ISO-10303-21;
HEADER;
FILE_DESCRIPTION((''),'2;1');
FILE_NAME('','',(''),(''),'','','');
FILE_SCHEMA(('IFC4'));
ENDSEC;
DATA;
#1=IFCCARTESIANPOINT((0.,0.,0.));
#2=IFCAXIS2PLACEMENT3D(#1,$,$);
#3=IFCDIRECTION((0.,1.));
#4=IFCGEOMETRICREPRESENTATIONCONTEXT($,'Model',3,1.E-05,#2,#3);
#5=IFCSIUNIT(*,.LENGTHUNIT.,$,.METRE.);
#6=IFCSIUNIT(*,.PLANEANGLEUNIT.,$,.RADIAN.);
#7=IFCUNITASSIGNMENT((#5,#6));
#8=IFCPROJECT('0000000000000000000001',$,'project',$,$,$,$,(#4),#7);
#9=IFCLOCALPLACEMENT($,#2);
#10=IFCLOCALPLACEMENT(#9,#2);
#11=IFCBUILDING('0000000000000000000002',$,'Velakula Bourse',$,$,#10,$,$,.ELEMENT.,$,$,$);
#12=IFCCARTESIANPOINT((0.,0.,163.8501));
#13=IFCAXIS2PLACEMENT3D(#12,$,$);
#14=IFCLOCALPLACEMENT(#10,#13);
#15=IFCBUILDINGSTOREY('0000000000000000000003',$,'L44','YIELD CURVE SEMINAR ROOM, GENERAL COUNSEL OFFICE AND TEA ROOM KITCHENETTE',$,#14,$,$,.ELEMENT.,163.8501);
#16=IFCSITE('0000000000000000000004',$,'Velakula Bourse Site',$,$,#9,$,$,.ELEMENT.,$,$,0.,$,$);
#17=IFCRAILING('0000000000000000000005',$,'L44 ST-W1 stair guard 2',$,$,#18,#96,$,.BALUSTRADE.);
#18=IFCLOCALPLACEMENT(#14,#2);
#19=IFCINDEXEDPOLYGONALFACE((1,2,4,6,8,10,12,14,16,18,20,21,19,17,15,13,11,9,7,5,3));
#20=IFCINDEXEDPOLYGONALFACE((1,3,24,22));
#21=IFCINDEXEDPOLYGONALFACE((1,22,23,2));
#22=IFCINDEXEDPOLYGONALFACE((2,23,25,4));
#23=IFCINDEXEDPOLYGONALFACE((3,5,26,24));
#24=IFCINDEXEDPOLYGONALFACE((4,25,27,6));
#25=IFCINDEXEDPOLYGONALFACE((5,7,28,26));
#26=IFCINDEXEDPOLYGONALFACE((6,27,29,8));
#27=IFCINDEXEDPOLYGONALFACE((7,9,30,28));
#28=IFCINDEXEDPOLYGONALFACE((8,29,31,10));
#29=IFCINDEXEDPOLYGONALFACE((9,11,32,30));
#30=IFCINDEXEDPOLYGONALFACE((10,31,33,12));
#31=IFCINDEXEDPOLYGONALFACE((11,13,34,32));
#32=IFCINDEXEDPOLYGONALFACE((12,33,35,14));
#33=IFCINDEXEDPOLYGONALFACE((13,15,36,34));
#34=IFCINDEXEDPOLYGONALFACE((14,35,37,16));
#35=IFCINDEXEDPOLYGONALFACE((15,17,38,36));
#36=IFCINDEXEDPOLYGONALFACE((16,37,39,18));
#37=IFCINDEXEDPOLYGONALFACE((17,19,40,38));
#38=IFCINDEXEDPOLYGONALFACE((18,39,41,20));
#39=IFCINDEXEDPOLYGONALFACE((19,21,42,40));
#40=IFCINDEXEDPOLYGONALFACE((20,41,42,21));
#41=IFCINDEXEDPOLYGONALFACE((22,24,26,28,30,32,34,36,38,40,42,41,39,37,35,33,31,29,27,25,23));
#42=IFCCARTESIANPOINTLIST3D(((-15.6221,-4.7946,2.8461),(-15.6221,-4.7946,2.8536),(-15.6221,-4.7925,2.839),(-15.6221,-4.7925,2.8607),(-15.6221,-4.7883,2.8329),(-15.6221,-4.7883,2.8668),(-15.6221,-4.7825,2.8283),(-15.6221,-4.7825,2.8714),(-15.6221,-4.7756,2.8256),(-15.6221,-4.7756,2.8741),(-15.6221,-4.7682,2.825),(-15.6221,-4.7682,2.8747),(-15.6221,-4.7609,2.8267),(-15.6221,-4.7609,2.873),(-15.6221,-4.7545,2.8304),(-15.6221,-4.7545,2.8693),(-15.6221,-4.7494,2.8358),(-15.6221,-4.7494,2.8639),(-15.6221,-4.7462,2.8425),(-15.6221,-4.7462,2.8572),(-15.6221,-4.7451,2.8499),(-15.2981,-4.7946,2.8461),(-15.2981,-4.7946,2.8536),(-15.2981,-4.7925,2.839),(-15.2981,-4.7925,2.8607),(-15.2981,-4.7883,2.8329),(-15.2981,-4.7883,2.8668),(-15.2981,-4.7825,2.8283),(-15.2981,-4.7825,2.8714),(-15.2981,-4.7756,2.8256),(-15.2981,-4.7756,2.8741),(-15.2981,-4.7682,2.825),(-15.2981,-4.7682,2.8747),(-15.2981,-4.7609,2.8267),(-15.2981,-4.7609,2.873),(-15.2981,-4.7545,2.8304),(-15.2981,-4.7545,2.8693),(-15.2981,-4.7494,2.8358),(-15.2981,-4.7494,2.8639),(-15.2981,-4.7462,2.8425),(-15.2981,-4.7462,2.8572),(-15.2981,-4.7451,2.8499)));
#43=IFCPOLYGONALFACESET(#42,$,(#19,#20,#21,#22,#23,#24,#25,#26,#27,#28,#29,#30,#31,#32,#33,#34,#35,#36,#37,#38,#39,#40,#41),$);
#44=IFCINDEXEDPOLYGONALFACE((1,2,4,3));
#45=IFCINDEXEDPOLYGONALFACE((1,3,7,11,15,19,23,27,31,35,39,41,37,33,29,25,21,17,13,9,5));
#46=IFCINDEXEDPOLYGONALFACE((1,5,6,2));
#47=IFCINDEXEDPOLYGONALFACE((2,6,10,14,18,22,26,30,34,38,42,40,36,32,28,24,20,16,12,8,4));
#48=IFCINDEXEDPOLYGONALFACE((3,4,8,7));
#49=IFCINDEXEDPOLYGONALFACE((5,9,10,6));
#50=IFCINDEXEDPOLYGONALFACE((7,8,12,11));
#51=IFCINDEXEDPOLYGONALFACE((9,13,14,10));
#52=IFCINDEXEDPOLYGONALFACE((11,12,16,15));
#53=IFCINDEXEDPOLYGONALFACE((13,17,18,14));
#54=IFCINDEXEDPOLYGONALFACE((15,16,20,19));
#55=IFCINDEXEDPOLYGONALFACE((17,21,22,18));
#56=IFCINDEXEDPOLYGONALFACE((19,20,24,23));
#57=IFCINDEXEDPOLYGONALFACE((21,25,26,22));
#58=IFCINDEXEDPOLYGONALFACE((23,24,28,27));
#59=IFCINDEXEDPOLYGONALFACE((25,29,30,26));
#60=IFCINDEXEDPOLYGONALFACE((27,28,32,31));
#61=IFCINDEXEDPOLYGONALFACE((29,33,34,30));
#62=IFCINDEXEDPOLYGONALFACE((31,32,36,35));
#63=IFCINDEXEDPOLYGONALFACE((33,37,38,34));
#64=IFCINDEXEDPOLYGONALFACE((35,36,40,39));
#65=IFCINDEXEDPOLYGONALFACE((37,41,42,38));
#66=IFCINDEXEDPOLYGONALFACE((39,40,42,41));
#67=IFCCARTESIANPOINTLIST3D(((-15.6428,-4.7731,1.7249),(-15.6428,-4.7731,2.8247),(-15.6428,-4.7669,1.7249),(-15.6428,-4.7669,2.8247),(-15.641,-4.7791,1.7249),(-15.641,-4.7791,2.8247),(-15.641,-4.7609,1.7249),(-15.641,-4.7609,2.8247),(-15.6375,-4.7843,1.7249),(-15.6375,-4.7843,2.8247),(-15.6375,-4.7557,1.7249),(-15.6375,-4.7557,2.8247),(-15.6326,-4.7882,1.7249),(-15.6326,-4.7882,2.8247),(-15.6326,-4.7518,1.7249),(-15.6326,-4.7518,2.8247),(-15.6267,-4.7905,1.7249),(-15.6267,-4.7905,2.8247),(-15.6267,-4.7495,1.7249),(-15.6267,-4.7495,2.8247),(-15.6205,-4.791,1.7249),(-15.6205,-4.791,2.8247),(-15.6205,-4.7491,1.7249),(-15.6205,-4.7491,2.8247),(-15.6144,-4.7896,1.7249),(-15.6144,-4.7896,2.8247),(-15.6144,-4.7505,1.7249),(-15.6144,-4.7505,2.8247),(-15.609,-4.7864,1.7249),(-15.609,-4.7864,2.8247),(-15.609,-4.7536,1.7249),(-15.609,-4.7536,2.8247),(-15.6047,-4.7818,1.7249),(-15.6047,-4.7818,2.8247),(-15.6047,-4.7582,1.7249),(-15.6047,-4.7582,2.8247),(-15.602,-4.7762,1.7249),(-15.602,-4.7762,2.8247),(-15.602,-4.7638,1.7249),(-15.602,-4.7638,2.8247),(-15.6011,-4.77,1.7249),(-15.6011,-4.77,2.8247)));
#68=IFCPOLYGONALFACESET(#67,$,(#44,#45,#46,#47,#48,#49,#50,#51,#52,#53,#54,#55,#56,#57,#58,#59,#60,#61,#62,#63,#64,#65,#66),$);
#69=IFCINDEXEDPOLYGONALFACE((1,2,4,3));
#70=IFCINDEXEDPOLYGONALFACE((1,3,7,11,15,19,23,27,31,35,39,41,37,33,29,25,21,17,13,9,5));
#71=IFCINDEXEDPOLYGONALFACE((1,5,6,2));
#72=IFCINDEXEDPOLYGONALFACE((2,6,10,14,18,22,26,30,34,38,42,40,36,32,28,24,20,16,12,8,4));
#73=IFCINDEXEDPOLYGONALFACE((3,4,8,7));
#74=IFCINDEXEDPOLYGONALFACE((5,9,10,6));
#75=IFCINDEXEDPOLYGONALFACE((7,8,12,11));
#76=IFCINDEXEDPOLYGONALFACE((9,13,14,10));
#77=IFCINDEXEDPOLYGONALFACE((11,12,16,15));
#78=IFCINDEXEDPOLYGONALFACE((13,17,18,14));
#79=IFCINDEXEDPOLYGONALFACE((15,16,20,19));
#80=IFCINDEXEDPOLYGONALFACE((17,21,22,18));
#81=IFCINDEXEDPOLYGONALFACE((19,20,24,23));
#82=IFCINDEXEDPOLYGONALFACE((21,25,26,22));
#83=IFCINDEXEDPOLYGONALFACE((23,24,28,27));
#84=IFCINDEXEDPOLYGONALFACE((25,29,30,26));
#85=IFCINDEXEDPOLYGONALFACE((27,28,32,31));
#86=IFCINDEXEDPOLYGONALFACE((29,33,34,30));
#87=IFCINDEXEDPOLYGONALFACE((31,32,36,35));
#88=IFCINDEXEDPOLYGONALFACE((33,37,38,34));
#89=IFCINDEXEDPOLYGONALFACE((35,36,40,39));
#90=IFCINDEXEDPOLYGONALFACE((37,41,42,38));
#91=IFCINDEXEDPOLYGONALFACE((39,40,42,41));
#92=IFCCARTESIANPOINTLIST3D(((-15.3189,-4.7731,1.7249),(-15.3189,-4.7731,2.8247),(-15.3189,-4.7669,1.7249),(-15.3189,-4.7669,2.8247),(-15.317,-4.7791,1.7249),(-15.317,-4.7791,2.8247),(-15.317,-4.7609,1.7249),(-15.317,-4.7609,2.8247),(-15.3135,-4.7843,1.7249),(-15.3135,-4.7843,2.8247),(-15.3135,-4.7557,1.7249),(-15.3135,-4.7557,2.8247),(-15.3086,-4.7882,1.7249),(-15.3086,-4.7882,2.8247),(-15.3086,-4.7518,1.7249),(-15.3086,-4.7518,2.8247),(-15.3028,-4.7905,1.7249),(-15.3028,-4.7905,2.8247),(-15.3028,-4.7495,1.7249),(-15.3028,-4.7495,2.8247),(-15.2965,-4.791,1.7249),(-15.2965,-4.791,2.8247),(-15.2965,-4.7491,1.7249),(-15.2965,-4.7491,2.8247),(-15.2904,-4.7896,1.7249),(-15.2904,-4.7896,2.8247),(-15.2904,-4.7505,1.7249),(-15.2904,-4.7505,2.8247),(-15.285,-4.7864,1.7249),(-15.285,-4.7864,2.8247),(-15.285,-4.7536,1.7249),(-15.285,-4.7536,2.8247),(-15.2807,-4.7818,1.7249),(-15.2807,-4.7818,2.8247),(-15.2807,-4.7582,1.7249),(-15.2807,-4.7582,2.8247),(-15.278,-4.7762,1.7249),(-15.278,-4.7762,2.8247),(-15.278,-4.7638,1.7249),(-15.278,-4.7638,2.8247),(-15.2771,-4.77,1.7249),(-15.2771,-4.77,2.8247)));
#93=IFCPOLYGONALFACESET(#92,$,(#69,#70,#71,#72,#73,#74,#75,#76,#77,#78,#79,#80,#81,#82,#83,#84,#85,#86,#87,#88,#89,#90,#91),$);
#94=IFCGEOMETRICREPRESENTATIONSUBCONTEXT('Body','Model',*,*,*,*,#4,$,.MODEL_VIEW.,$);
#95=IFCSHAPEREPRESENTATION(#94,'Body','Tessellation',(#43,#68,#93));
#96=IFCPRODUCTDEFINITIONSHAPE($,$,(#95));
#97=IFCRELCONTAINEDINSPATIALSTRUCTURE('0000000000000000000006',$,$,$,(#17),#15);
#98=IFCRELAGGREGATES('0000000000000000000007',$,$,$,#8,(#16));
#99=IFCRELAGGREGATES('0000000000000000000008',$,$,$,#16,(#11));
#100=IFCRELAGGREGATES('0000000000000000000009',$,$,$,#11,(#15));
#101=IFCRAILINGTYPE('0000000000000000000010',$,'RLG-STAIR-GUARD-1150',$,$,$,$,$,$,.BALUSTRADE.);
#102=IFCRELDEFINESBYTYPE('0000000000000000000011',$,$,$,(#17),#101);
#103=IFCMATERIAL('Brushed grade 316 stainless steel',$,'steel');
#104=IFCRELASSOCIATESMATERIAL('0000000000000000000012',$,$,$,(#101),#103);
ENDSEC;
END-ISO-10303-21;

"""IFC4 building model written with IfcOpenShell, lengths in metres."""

from ifc_helpers import new_model, si_unit, direction, frame, origin, origin_2d, place, context, subcontext, project, spatial, circle, extrude, material, type_object, element, save


model = new_model("IFC4")

# Units and contexts
model_context = context("Model", 3, precision=1e-05, world=origin(), true_north=direction((0.0, 1.0)))
body_context = subcontext(model_context, "Body", "Model", "MODEL_VIEW")
ifc_project = project(units=[si_unit("LENGTHUNIT", "METRE"), si_unit("PLANEANGLEUNIT", "RADIAN")], contexts=[model_context])

# Site, building, storey
site_placement = place(None, origin())
site = spatial("IfcSite", under=ifc_project, at=site_placement, Name="Velakula Bourse Site", CompositionType="ELEMENT", RefElevation=0.0)
building_placement = place(site_placement, origin())
building = spatial("IfcBuilding", under=site, at=building_placement, Name="Velakula Bourse", CompositionType="ELEMENT")
storey_placement = place(building_placement, frame((0.0, 0.0, 163.8501)))
storey = spatial("IfcBuildingStorey", under=building, at=storey_placement, Name="L44", Description="YIELD CURVE SEMINAR ROOM, GENERAL COUNSEL OFFICE AND TEA ROOM KITCHENETTE", CompositionType="ELEMENT", Elevation=163.8501)

# Shared definitions
ifc_material_1 = material(Name="Brushed grade 316 stainless steel", Category="steel")

# Railing
railing_type_1 = type_object("IfcRailingType", Name="RLG-STAIR-GUARD-1150", PredefinedType="BALUSTRADE", material=ifc_material_1)
railing_1_placement = place(storey_placement, frame((-15.6221, -4.77, 1.7249)))
element("IfcRailing", 1, at=railing_1_placement, inside=storey, type_object=railing_type_1, Name="L44 ST-W1 stair guard 2", PredefinedType="BALUSTRADE", context=body_context, shape_type="SweptSolid", body=[
    extrude(circle(Radius=0.0249, at=origin_2d()), frame((0.0, 0.0, 1.125), z_axis=(1.0, 0.0, 0.0), x_axis=(0.0, 1.0, 0.0)), (0.0, 0.0, 1.0), 0.324),
    extrude(circle(Radius=0.021, at=origin_2d()), origin(), (0.0, 0.0, 1.0), 1.0999),
    extrude(circle(Radius=0.021, at=origin_2d()), frame((0.324, 0.0, 0.0)), (0.0, 0.0, 1.0), 1.0999),
])

save(model, "model.ifc")
